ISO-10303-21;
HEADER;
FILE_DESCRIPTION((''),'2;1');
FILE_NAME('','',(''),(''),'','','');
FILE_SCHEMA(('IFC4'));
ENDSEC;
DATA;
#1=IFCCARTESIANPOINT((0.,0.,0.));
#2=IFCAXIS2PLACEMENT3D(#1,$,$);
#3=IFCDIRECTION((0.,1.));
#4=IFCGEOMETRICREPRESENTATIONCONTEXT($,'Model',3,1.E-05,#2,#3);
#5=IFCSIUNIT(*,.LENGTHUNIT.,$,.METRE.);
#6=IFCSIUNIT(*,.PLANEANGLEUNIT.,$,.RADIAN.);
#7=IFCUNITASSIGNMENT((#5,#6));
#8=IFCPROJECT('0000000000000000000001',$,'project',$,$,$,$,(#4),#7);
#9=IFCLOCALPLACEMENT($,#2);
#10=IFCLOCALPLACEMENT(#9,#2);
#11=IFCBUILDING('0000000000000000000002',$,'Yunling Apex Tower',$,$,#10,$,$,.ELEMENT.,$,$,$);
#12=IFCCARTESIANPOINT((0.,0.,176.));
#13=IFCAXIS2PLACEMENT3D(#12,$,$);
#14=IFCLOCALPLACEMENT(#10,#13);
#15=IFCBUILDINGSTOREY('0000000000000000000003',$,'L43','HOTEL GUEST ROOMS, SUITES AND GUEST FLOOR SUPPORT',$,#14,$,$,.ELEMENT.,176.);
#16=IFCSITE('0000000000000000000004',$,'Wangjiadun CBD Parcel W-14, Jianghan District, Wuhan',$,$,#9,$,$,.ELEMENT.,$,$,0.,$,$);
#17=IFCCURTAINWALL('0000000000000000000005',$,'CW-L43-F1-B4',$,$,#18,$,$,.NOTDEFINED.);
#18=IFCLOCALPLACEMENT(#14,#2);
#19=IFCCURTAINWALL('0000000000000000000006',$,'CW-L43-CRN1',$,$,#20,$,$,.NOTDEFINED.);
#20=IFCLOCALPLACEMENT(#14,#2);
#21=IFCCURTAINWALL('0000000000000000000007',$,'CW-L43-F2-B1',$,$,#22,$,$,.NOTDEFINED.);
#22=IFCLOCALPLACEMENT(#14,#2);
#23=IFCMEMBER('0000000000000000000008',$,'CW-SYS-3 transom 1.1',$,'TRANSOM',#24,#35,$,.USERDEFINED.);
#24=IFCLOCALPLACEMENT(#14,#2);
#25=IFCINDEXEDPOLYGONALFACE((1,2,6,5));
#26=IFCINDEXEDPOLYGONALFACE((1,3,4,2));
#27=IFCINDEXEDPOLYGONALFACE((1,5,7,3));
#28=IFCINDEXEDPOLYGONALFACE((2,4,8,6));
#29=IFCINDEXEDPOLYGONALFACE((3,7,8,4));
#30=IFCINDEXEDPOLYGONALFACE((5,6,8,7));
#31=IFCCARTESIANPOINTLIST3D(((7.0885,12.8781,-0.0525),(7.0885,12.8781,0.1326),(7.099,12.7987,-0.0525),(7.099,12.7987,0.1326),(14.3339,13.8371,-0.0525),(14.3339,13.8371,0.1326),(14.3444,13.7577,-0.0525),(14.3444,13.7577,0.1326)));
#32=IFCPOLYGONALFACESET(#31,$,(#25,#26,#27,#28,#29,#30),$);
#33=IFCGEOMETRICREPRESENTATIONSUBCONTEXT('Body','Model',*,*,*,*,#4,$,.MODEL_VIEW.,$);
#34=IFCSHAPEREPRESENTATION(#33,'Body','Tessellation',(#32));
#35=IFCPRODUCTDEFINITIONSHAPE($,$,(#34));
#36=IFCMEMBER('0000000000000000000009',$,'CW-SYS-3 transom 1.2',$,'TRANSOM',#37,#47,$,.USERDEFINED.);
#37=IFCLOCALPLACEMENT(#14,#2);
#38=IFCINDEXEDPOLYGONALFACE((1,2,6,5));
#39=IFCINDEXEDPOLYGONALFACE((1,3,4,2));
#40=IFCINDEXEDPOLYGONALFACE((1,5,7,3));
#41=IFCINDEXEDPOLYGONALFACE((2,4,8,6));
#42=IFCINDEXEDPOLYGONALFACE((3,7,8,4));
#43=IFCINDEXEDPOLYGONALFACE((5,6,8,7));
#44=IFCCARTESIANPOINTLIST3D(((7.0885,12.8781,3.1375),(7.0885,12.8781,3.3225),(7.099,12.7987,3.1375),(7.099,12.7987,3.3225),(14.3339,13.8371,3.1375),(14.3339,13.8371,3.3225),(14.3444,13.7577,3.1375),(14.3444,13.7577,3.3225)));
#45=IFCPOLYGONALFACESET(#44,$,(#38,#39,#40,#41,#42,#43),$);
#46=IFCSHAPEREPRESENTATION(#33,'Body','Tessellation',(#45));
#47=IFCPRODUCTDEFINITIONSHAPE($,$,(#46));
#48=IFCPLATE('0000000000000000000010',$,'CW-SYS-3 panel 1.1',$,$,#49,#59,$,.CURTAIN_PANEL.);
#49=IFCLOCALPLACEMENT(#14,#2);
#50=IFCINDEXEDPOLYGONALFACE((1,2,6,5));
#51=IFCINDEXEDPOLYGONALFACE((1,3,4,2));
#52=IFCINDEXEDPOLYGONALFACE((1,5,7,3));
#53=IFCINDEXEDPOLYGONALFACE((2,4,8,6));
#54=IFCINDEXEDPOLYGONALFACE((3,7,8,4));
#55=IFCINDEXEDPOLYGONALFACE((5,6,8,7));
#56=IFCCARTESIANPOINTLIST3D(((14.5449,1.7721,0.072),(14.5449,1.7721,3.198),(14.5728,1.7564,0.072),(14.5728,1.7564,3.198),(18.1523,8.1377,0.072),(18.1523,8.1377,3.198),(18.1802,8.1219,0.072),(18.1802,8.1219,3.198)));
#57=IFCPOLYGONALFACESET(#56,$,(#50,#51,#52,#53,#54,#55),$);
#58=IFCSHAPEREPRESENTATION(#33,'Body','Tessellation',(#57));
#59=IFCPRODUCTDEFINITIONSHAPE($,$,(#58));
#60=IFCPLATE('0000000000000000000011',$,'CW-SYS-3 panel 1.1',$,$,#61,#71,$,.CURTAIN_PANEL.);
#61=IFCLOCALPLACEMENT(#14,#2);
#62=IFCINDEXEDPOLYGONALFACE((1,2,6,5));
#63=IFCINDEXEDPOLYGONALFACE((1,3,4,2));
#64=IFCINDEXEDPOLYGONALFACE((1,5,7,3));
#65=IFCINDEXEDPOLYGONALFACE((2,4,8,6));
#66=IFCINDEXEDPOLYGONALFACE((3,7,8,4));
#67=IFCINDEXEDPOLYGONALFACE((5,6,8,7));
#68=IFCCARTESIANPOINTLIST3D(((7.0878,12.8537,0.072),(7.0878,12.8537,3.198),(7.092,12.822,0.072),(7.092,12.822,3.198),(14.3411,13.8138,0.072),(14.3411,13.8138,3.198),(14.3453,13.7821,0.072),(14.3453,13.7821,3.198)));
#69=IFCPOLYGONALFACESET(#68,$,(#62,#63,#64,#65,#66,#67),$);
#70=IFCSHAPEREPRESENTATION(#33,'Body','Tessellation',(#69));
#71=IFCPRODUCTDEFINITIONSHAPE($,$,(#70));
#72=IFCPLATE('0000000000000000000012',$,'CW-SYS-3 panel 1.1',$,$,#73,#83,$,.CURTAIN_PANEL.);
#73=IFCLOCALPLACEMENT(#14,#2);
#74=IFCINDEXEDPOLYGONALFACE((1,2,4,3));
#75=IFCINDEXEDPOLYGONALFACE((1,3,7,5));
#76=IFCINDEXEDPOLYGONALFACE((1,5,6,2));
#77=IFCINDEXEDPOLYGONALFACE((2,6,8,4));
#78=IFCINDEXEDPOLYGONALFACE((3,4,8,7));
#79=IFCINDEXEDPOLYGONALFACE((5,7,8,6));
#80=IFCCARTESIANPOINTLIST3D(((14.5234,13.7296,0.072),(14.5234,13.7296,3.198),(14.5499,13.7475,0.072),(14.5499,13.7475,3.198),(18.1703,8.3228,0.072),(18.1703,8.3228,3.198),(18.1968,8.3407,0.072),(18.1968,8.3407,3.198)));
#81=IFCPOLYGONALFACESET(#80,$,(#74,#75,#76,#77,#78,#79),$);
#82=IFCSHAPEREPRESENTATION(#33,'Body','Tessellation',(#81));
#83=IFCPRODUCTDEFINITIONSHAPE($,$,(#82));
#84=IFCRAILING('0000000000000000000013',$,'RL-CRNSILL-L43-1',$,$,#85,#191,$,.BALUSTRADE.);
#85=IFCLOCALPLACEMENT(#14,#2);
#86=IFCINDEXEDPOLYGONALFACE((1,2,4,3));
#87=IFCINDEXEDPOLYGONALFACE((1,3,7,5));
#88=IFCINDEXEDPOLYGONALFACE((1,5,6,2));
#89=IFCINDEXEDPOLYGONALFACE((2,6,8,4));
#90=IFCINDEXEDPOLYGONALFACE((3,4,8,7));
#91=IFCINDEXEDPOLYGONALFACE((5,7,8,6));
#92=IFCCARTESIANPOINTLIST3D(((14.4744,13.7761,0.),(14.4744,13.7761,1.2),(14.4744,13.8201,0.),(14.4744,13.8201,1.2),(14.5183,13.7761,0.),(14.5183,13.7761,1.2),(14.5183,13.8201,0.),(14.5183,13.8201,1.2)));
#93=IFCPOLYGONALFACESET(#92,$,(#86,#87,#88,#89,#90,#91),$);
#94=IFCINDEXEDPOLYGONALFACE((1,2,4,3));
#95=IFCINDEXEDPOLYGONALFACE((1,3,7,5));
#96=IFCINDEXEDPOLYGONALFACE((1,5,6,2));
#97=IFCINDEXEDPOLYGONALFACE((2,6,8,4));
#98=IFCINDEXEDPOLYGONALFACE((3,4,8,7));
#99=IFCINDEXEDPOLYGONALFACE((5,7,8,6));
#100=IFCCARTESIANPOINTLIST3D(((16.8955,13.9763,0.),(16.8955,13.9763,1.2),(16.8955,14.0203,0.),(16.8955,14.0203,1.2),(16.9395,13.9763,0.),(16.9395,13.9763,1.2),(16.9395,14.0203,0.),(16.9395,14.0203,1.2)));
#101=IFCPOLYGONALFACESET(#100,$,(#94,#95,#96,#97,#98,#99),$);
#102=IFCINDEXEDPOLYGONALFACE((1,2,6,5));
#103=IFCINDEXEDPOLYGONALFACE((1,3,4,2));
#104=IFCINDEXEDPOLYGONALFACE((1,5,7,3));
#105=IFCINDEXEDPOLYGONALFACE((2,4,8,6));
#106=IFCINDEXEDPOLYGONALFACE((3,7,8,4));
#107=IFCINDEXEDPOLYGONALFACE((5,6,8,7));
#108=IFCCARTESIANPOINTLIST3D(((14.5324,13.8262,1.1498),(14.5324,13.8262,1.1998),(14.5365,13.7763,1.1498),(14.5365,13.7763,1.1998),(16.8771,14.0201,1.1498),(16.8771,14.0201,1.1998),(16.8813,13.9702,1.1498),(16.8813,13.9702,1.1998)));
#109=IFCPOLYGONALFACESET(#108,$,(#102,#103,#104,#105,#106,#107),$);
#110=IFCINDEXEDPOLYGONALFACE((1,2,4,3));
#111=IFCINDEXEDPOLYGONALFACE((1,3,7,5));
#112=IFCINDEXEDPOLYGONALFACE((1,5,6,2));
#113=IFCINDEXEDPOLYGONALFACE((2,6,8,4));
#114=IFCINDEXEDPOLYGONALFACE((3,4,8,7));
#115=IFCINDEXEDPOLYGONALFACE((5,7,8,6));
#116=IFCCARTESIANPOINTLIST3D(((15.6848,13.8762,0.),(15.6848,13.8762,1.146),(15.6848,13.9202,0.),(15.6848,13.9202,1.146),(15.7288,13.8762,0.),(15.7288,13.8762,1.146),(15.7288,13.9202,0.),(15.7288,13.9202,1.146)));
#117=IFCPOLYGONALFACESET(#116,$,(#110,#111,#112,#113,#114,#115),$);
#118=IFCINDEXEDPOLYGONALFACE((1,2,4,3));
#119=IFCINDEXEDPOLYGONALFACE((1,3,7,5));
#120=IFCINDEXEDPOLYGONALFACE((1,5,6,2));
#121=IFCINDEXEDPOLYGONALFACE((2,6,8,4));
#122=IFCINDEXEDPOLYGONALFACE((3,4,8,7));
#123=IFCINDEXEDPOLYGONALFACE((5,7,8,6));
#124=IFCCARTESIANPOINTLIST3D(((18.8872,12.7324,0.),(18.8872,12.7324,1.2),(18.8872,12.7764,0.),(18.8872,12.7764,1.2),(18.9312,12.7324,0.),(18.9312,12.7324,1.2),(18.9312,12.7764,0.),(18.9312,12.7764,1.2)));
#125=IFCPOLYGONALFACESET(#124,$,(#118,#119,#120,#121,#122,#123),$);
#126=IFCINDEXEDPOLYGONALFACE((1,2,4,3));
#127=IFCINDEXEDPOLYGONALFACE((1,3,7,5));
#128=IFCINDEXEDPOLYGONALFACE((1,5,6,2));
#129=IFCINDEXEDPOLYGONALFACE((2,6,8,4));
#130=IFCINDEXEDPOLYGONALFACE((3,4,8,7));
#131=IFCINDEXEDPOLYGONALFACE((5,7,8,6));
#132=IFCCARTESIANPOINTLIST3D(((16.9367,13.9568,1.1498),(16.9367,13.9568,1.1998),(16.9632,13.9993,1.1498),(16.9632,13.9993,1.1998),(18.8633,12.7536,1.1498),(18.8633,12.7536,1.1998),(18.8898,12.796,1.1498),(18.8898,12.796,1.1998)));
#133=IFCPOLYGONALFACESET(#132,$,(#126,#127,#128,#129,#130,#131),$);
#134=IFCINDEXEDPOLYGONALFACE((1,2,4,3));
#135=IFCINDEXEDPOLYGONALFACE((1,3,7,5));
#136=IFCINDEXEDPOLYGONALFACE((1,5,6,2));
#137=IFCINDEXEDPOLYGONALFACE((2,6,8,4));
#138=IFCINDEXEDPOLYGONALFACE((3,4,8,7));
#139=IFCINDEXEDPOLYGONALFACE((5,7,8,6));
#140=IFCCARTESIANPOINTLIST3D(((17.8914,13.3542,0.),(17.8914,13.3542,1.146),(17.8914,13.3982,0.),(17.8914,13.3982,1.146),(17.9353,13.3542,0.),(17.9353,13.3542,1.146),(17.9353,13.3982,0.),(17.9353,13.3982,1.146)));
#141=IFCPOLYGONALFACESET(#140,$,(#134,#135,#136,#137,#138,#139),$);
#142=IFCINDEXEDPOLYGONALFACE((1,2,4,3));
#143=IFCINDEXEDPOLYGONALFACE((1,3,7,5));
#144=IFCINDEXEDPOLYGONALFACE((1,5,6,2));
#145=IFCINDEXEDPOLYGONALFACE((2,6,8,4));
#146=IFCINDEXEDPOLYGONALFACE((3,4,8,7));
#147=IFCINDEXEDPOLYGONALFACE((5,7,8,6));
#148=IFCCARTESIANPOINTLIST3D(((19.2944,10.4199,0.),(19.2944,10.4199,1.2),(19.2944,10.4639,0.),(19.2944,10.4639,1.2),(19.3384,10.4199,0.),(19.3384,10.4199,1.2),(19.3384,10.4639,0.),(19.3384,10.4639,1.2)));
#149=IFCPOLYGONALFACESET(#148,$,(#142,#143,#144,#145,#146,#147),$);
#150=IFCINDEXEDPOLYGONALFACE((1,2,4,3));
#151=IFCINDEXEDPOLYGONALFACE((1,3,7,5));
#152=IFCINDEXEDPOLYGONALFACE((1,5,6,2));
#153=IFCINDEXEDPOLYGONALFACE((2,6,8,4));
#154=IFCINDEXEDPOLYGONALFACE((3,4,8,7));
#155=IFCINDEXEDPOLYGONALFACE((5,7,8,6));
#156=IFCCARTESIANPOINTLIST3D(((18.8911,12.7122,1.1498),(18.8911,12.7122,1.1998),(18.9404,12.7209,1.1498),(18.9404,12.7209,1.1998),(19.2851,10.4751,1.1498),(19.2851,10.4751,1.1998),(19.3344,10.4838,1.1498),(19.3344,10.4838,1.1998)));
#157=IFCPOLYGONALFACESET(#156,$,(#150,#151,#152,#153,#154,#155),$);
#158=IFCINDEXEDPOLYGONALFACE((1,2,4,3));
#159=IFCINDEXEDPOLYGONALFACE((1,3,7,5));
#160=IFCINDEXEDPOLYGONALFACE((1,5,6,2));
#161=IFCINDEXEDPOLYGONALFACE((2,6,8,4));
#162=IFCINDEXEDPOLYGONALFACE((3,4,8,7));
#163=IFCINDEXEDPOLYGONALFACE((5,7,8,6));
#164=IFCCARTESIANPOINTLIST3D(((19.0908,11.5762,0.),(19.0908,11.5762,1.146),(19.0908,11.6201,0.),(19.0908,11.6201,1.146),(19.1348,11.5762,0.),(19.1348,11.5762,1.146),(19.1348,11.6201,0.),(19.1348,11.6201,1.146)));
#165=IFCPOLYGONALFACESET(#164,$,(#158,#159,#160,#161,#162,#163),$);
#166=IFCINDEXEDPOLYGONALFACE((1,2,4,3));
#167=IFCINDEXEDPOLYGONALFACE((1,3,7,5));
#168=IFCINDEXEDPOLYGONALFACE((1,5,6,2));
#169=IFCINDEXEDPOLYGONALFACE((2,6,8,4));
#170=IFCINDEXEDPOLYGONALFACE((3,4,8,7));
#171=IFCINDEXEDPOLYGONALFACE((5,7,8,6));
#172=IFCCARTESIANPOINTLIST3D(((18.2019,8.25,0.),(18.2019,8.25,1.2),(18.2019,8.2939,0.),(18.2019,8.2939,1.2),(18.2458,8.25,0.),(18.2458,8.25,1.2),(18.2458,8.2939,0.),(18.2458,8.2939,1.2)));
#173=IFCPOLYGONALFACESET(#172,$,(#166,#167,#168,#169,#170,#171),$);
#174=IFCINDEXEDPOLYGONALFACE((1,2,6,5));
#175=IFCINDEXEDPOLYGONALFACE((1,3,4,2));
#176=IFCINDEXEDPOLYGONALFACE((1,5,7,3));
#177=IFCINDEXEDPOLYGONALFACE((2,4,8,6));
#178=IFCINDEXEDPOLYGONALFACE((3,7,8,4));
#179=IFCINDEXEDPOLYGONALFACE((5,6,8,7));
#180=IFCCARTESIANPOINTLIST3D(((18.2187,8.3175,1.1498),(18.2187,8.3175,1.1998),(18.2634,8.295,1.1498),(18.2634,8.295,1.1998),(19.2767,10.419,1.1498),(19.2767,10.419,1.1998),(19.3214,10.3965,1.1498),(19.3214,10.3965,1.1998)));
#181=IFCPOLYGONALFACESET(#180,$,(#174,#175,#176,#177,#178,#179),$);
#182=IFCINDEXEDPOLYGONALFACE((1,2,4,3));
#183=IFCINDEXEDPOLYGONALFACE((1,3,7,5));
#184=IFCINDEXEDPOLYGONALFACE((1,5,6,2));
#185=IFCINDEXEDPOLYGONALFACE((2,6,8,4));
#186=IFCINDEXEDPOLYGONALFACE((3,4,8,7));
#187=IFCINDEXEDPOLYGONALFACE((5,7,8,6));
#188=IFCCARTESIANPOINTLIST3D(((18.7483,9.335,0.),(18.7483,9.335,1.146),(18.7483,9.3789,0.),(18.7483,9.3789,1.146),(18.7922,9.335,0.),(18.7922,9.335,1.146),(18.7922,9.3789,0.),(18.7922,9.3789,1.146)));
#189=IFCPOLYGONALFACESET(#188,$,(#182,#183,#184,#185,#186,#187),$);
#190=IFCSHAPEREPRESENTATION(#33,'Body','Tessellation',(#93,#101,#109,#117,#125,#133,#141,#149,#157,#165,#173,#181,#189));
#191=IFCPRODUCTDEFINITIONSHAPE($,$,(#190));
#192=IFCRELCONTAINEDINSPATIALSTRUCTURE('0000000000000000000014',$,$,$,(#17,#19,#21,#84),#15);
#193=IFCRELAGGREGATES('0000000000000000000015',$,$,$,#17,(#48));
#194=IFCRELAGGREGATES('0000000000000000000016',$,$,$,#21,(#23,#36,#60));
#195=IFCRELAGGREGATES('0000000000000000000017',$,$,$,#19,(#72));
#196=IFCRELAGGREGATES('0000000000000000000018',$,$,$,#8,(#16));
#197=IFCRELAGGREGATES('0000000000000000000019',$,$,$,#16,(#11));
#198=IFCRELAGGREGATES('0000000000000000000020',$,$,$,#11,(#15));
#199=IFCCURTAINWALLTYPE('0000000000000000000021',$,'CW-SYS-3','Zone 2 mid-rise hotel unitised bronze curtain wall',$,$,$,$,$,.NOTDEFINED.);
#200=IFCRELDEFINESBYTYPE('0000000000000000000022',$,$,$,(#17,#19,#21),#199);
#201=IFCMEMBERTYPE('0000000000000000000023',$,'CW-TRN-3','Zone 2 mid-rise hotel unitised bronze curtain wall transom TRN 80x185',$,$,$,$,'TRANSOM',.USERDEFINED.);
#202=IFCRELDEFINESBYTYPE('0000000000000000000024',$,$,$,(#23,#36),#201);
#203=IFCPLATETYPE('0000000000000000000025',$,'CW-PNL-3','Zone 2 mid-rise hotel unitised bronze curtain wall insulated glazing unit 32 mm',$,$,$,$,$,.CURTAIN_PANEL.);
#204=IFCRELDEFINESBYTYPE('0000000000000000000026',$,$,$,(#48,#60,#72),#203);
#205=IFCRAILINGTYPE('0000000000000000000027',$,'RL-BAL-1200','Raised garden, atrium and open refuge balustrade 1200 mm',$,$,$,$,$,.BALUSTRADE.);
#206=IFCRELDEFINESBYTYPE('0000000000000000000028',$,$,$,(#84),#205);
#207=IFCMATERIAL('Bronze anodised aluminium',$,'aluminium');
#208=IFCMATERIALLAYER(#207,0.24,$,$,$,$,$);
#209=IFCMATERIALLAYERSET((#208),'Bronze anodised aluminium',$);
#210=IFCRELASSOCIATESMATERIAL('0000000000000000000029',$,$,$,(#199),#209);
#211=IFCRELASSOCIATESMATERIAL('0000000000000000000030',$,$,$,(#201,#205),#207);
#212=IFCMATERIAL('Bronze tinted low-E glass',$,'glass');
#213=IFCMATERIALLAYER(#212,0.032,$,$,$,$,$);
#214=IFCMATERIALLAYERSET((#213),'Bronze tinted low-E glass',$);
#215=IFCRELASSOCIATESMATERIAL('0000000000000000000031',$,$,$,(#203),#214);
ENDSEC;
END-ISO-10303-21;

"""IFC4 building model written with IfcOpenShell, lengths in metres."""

from ifc_helpers import new_model, si_unit, direction, frame, origin, origin_2d, place, context, subcontext, project, spatial, rectangle, extrude, source, transform, mapped, material, layer, layer_set, material_profile, profile_set, type_object, element, aggregate, save


model = new_model("IFC4")

# Units and contexts
model_context = context("Model", 3, precision=1e-05, world=origin(), true_north=direction((0.0, 1.0)))
body_context = subcontext(model_context, "Body", "Model", "MODEL_VIEW")
ifc_project = project(units=[si_unit("LENGTHUNIT", "METRE"), si_unit("PLANEANGLEUNIT", "RADIAN")], contexts=[model_context])

# Site, building, storey
site_placement = place(None, origin())
site = spatial("IfcSite", under=ifc_project, at=site_placement, Name="Wangjiadun CBD Parcel W-14, Jianghan District, Wuhan", CompositionType="ELEMENT", RefElevation=0.0)
building_placement = place(site_placement, origin())
building = spatial("IfcBuilding", under=site, at=building_placement, Name="Yunling Apex Tower", CompositionType="ELEMENT")
storey_placement = place(building_placement, frame((0.0, 0.0, 176.0)))
storey = spatial("IfcBuildingStorey", under=building, at=storey_placement, Name="L43", Description="HOTEL GUEST ROOMS, SUITES AND GUEST FLOOR SUPPORT", CompositionType="ELEMENT", Elevation=176.0)

# Shared definitions
ifc_material_1 = material(Name="Bronze anodised aluminium", Category="aluminium")
ifc_layer_1 = layer(ifc_material_1, 0.24)
ifc_layer_set_1 = layer_set([ifc_layer_1], Name="Bronze anodised aluminium")
curtain_wall_type = type_object("IfcCurtainWallType", Name="CW-SYS-3", Description="Zone 2 mid-rise hotel unitised bronze curtain wall", PredefinedType="NOTDEFINED", material=ifc_layer_set_1)

# Curtain walls
curtain_wall_1_placement = place(storey_placement, origin())
curtain_wall_1 = element("IfcCurtainWall", 1, at=curtain_wall_1_placement, inside=storey, type_object=curtain_wall_type, Name="CW-L43-F1-B4", PredefinedType="NOTDEFINED")
curtain_wall_2_placement = place(storey_placement, origin())
curtain_wall_2 = element("IfcCurtainWall", 2, at=curtain_wall_2_placement, inside=storey, type_object=curtain_wall_type, Name="CW-L43-CRN1", PredefinedType="NOTDEFINED")
curtain_wall_3_placement = place(storey_placement, origin())
curtain_wall_3 = element("IfcCurtainWall", 3, at=curtain_wall_3_placement, inside=storey, type_object=curtain_wall_type, Name="CW-L43-F2-B1", PredefinedType="NOTDEFINED")
ifc_material_profile_1 = material_profile(ifc_material_1, rectangle(XDim=0.0801, YDim=0.1851, at=origin_2d()))
ifc_profile_set_1 = profile_set([ifc_material_profile_1], Name="Bronze anodised aluminium")
member_type_1 = type_object("IfcMemberType", Name="CW-TRN-3", Description="Zone 2 mid-rise hotel unitised bronze curtain wall transom TRN 80x185", ElementType="TRANSOM", PredefinedType="USERDEFINED", material=ifc_profile_set_1)

# Members
shared_shape_1 = source(origin(), body_context, "Body", "SweptSolid", [
    extrude(rectangle(XDim=0.0801, YDim=0.1851, at=origin_2d()), origin(), (0.0, 0.0, 1.0), 7.3086),
])
member_1_placement = place(storey_placement, frame((14.3391, 13.7974, 0.04), z_axis=(-0.991354, -0.131214, 0.0), x_axis=(0.131214, -0.991354, 0.0)))
member_1 = element("IfcMember", 4, at=member_1_placement, type_object=member_type_1, Name="CW-SYS-3 transom 1.1", ObjectType="TRANSOM", PredefinedType="USERDEFINED", context=body_context, shape_type="MappedRepresentation", body=[
    mapped(shared_shape_1, transform((0.0, 0.0, 0.0), scale=1.0)),
])
member_2_placement = place(storey_placement, frame((14.3391, 13.7974, 3.23), z_axis=(-0.991354, -0.131214, 0.0), x_axis=(0.131214, -0.991354, 0.0)))
member_2 = element("IfcMember", 5, at=member_2_placement, type_object=member_type_1, Name="CW-SYS-3 transom 1.2", ObjectType="TRANSOM", PredefinedType="USERDEFINED", context=body_context, shape_type="MappedRepresentation", body=[
    mapped(shared_shape_1, transform((0.0, 0.0, 0.0), scale=1.0)),
])

# Plates
ifc_material_2 = material(Name="Bronze tinted low-E glass", Category="glass")
ifc_layer_2 = layer(ifc_material_2, 0.032)
ifc_layer_set_2 = layer_set([ifc_layer_2], Name="Bronze tinted low-E glass")
plate_type = type_object("IfcPlateType", Name="CW-PNL-3", Description="Zone 2 mid-rise hotel unitised bronze curtain wall insulated glazing unit 32 mm", PredefinedType="CURTAIN_PANEL", material=ifc_layer_set_2)
shared_shape_2 = source(origin(), body_context, "Body", "SweptSolid", [
    extrude(rectangle(XDim=7.3167, YDim=0.032, at=origin_2d()), origin(), (0.0, 0.0, 1.0), 3.126),
])
plate_1_placement = place(storey_placement, frame((16.3625, 4.947, 0.072), z_axis=(0.0, 0.0, 1.0), x_axis=(0.493041, 0.870006, 0.0)))
plate_1 = element("IfcPlate", 6, at=plate_1_placement, type_object=plate_type, Name="CW-SYS-3 panel 1.1", PredefinedType="CURTAIN_PANEL", context=body_context, shape_type="MappedRepresentation", body=[
    mapped(shared_shape_2, transform((0.0, 0.0, 0.0), scale=1.0)),
])
aggregate(curtain_wall_1, [plate_1])
plate_2_placement = place(storey_placement, frame((10.7166, 13.3179, 0.072), z_axis=(0.0, 0.0, 1.0), x_axis=(-0.991353, -0.131222, 0.0)))
plate_2 = element("IfcPlate", 7, at=plate_2_placement, type_object=plate_type, Name="CW-SYS-3 panel 1.1", PredefinedType="CURTAIN_PANEL", context=body_context, shape_type="MappedRepresentation", body=[
    mapped(shared_shape_2, transform((0.0, 0.0, 0.0), scale=1.0)),
])
aggregate(curtain_wall_3, [member_1, member_2, plate_2])
shared_shape_3 = source(origin(), body_context, "Body", "SweptSolid", [
    extrude(rectangle(XDim=6.5217, YDim=0.032, at=origin_2d()), origin(), (0.0, 0.0, 1.0), 3.126),
])
plate_3_placement = place(storey_placement, frame((16.3601, 11.0352, 0.072), z_axis=(0.0, 0.0, 1.0), x_axis=(-0.559193, 0.829038, 0.0)))
plate_3 = element("IfcPlate", 8, at=plate_3_placement, type_object=plate_type, Name="CW-SYS-3 panel 1.1", PredefinedType="CURTAIN_PANEL", context=body_context, shape_type="MappedRepresentation", body=[
    mapped(shared_shape_3, transform((0.0, 0.0, 0.0), scale=1.0)),
])
aggregate(curtain_wall_2, [plate_3])

# Railing
railing_type = type_object("IfcRailingType", Name="RL-BAL-1200", Description="Raised garden, atrium and open refuge balustrade 1200 mm", PredefinedType="BALUSTRADE", material=ifc_material_1)
railing_1_placement = place(storey_placement, frame((14.4963, 13.7981, 0.0)))
element("IfcRailing", 9, at=railing_1_placement, inside=storey, type_object=railing_type, Name="RL-CRNSILL-L43-1", PredefinedType="BALUSTRADE", context=body_context, shape_type="SweptSolid", body=[
    extrude(rectangle(XDim=0.0439, YDim=0.0439, at=origin_2d()), origin(), (0.0, 0.0, 1.0), 1.2),
    extrude(rectangle(XDim=0.0439, YDim=0.0439, at=origin_2d()), frame((2.4211, 0.2002, 0.0)), (0.0, 0.0, 1.0), 1.2),
    extrude(rectangle(XDim=0.05, YDim=0.05, at=origin_2d()), frame((0.0381, 0.0032, 1.1748), z_axis=(0.996599, 0.082405, 0.0), x_axis=(-0.082405, 0.996599, 0.0)), (0.0, 0.0, 1.0), 2.3528),
    extrude(rectangle(XDim=0.0439, YDim=0.0439, at=origin_2d()), frame((1.2104, 0.1001, 0.0)), (0.0, 0.0, 1.0), 1.146),
    extrude(rectangle(XDim=0.0439, YDim=0.0439, at=origin_2d()), frame((4.4128, -1.0437, 0.0)), (0.0, 0.0, 1.0), 1.2),
    extrude(rectangle(XDim=0.05, YDim=0.05, at=origin_2d()), frame((2.4536, 0.1799, 1.1748), z_axis=(0.848173, -0.529719, 0.0), x_axis=(0.529719, 0.848173, 0.0)), (0.0, 0.0, 1.0), 2.2715),
    extrude(rectangle(XDim=0.0439, YDim=0.0439, at=origin_2d()), frame((3.417, -0.4219, 0.0)), (0.0, 0.0, 1.0), 1.146),
    extrude(rectangle(XDim=0.0439, YDim=0.0439, at=origin_2d()), frame((4.8201, -3.3562, 0.0)), (0.0, 0.0, 1.0), 1.2),
    extrude(rectangle(XDim=0.05, YDim=0.05, at=origin_2d()), frame((4.4194, -1.0815, 1.1748), z_axis=(0.173429, -0.984846, 0.0), x_axis=(0.984846, 0.173429, 0.0)), (0.0, 0.0, 1.0), 2.2715),
    extrude(rectangle(XDim=0.0439, YDim=0.0439, at=origin_2d()), frame((4.6165, -2.2, 0.0)), (0.0, 0.0, 1.0), 1.146),
    extrude(rectangle(XDim=0.0439, YDim=0.0439, at=origin_2d()), frame((3.7275, -5.5261, 0.0)), (0.0, 0.0, 1.0), 1.2),
    extrude(rectangle(XDim=0.05, YDim=0.05, at=origin_2d()), frame((4.8027, -3.3904, 1.1748), z_axis=(-0.449704, -0.893178, 0.0), x_axis=(0.893178, -0.449704, 0.0)), (0.0, 0.0, 1.0), 2.3528),
    extrude(rectangle(XDim=0.0439, YDim=0.0439, at=origin_2d()), frame((4.2739, -4.4412, 0.0)), (0.0, 0.0, 1.0), 1.146),
])

save(model, "model.ifc")
